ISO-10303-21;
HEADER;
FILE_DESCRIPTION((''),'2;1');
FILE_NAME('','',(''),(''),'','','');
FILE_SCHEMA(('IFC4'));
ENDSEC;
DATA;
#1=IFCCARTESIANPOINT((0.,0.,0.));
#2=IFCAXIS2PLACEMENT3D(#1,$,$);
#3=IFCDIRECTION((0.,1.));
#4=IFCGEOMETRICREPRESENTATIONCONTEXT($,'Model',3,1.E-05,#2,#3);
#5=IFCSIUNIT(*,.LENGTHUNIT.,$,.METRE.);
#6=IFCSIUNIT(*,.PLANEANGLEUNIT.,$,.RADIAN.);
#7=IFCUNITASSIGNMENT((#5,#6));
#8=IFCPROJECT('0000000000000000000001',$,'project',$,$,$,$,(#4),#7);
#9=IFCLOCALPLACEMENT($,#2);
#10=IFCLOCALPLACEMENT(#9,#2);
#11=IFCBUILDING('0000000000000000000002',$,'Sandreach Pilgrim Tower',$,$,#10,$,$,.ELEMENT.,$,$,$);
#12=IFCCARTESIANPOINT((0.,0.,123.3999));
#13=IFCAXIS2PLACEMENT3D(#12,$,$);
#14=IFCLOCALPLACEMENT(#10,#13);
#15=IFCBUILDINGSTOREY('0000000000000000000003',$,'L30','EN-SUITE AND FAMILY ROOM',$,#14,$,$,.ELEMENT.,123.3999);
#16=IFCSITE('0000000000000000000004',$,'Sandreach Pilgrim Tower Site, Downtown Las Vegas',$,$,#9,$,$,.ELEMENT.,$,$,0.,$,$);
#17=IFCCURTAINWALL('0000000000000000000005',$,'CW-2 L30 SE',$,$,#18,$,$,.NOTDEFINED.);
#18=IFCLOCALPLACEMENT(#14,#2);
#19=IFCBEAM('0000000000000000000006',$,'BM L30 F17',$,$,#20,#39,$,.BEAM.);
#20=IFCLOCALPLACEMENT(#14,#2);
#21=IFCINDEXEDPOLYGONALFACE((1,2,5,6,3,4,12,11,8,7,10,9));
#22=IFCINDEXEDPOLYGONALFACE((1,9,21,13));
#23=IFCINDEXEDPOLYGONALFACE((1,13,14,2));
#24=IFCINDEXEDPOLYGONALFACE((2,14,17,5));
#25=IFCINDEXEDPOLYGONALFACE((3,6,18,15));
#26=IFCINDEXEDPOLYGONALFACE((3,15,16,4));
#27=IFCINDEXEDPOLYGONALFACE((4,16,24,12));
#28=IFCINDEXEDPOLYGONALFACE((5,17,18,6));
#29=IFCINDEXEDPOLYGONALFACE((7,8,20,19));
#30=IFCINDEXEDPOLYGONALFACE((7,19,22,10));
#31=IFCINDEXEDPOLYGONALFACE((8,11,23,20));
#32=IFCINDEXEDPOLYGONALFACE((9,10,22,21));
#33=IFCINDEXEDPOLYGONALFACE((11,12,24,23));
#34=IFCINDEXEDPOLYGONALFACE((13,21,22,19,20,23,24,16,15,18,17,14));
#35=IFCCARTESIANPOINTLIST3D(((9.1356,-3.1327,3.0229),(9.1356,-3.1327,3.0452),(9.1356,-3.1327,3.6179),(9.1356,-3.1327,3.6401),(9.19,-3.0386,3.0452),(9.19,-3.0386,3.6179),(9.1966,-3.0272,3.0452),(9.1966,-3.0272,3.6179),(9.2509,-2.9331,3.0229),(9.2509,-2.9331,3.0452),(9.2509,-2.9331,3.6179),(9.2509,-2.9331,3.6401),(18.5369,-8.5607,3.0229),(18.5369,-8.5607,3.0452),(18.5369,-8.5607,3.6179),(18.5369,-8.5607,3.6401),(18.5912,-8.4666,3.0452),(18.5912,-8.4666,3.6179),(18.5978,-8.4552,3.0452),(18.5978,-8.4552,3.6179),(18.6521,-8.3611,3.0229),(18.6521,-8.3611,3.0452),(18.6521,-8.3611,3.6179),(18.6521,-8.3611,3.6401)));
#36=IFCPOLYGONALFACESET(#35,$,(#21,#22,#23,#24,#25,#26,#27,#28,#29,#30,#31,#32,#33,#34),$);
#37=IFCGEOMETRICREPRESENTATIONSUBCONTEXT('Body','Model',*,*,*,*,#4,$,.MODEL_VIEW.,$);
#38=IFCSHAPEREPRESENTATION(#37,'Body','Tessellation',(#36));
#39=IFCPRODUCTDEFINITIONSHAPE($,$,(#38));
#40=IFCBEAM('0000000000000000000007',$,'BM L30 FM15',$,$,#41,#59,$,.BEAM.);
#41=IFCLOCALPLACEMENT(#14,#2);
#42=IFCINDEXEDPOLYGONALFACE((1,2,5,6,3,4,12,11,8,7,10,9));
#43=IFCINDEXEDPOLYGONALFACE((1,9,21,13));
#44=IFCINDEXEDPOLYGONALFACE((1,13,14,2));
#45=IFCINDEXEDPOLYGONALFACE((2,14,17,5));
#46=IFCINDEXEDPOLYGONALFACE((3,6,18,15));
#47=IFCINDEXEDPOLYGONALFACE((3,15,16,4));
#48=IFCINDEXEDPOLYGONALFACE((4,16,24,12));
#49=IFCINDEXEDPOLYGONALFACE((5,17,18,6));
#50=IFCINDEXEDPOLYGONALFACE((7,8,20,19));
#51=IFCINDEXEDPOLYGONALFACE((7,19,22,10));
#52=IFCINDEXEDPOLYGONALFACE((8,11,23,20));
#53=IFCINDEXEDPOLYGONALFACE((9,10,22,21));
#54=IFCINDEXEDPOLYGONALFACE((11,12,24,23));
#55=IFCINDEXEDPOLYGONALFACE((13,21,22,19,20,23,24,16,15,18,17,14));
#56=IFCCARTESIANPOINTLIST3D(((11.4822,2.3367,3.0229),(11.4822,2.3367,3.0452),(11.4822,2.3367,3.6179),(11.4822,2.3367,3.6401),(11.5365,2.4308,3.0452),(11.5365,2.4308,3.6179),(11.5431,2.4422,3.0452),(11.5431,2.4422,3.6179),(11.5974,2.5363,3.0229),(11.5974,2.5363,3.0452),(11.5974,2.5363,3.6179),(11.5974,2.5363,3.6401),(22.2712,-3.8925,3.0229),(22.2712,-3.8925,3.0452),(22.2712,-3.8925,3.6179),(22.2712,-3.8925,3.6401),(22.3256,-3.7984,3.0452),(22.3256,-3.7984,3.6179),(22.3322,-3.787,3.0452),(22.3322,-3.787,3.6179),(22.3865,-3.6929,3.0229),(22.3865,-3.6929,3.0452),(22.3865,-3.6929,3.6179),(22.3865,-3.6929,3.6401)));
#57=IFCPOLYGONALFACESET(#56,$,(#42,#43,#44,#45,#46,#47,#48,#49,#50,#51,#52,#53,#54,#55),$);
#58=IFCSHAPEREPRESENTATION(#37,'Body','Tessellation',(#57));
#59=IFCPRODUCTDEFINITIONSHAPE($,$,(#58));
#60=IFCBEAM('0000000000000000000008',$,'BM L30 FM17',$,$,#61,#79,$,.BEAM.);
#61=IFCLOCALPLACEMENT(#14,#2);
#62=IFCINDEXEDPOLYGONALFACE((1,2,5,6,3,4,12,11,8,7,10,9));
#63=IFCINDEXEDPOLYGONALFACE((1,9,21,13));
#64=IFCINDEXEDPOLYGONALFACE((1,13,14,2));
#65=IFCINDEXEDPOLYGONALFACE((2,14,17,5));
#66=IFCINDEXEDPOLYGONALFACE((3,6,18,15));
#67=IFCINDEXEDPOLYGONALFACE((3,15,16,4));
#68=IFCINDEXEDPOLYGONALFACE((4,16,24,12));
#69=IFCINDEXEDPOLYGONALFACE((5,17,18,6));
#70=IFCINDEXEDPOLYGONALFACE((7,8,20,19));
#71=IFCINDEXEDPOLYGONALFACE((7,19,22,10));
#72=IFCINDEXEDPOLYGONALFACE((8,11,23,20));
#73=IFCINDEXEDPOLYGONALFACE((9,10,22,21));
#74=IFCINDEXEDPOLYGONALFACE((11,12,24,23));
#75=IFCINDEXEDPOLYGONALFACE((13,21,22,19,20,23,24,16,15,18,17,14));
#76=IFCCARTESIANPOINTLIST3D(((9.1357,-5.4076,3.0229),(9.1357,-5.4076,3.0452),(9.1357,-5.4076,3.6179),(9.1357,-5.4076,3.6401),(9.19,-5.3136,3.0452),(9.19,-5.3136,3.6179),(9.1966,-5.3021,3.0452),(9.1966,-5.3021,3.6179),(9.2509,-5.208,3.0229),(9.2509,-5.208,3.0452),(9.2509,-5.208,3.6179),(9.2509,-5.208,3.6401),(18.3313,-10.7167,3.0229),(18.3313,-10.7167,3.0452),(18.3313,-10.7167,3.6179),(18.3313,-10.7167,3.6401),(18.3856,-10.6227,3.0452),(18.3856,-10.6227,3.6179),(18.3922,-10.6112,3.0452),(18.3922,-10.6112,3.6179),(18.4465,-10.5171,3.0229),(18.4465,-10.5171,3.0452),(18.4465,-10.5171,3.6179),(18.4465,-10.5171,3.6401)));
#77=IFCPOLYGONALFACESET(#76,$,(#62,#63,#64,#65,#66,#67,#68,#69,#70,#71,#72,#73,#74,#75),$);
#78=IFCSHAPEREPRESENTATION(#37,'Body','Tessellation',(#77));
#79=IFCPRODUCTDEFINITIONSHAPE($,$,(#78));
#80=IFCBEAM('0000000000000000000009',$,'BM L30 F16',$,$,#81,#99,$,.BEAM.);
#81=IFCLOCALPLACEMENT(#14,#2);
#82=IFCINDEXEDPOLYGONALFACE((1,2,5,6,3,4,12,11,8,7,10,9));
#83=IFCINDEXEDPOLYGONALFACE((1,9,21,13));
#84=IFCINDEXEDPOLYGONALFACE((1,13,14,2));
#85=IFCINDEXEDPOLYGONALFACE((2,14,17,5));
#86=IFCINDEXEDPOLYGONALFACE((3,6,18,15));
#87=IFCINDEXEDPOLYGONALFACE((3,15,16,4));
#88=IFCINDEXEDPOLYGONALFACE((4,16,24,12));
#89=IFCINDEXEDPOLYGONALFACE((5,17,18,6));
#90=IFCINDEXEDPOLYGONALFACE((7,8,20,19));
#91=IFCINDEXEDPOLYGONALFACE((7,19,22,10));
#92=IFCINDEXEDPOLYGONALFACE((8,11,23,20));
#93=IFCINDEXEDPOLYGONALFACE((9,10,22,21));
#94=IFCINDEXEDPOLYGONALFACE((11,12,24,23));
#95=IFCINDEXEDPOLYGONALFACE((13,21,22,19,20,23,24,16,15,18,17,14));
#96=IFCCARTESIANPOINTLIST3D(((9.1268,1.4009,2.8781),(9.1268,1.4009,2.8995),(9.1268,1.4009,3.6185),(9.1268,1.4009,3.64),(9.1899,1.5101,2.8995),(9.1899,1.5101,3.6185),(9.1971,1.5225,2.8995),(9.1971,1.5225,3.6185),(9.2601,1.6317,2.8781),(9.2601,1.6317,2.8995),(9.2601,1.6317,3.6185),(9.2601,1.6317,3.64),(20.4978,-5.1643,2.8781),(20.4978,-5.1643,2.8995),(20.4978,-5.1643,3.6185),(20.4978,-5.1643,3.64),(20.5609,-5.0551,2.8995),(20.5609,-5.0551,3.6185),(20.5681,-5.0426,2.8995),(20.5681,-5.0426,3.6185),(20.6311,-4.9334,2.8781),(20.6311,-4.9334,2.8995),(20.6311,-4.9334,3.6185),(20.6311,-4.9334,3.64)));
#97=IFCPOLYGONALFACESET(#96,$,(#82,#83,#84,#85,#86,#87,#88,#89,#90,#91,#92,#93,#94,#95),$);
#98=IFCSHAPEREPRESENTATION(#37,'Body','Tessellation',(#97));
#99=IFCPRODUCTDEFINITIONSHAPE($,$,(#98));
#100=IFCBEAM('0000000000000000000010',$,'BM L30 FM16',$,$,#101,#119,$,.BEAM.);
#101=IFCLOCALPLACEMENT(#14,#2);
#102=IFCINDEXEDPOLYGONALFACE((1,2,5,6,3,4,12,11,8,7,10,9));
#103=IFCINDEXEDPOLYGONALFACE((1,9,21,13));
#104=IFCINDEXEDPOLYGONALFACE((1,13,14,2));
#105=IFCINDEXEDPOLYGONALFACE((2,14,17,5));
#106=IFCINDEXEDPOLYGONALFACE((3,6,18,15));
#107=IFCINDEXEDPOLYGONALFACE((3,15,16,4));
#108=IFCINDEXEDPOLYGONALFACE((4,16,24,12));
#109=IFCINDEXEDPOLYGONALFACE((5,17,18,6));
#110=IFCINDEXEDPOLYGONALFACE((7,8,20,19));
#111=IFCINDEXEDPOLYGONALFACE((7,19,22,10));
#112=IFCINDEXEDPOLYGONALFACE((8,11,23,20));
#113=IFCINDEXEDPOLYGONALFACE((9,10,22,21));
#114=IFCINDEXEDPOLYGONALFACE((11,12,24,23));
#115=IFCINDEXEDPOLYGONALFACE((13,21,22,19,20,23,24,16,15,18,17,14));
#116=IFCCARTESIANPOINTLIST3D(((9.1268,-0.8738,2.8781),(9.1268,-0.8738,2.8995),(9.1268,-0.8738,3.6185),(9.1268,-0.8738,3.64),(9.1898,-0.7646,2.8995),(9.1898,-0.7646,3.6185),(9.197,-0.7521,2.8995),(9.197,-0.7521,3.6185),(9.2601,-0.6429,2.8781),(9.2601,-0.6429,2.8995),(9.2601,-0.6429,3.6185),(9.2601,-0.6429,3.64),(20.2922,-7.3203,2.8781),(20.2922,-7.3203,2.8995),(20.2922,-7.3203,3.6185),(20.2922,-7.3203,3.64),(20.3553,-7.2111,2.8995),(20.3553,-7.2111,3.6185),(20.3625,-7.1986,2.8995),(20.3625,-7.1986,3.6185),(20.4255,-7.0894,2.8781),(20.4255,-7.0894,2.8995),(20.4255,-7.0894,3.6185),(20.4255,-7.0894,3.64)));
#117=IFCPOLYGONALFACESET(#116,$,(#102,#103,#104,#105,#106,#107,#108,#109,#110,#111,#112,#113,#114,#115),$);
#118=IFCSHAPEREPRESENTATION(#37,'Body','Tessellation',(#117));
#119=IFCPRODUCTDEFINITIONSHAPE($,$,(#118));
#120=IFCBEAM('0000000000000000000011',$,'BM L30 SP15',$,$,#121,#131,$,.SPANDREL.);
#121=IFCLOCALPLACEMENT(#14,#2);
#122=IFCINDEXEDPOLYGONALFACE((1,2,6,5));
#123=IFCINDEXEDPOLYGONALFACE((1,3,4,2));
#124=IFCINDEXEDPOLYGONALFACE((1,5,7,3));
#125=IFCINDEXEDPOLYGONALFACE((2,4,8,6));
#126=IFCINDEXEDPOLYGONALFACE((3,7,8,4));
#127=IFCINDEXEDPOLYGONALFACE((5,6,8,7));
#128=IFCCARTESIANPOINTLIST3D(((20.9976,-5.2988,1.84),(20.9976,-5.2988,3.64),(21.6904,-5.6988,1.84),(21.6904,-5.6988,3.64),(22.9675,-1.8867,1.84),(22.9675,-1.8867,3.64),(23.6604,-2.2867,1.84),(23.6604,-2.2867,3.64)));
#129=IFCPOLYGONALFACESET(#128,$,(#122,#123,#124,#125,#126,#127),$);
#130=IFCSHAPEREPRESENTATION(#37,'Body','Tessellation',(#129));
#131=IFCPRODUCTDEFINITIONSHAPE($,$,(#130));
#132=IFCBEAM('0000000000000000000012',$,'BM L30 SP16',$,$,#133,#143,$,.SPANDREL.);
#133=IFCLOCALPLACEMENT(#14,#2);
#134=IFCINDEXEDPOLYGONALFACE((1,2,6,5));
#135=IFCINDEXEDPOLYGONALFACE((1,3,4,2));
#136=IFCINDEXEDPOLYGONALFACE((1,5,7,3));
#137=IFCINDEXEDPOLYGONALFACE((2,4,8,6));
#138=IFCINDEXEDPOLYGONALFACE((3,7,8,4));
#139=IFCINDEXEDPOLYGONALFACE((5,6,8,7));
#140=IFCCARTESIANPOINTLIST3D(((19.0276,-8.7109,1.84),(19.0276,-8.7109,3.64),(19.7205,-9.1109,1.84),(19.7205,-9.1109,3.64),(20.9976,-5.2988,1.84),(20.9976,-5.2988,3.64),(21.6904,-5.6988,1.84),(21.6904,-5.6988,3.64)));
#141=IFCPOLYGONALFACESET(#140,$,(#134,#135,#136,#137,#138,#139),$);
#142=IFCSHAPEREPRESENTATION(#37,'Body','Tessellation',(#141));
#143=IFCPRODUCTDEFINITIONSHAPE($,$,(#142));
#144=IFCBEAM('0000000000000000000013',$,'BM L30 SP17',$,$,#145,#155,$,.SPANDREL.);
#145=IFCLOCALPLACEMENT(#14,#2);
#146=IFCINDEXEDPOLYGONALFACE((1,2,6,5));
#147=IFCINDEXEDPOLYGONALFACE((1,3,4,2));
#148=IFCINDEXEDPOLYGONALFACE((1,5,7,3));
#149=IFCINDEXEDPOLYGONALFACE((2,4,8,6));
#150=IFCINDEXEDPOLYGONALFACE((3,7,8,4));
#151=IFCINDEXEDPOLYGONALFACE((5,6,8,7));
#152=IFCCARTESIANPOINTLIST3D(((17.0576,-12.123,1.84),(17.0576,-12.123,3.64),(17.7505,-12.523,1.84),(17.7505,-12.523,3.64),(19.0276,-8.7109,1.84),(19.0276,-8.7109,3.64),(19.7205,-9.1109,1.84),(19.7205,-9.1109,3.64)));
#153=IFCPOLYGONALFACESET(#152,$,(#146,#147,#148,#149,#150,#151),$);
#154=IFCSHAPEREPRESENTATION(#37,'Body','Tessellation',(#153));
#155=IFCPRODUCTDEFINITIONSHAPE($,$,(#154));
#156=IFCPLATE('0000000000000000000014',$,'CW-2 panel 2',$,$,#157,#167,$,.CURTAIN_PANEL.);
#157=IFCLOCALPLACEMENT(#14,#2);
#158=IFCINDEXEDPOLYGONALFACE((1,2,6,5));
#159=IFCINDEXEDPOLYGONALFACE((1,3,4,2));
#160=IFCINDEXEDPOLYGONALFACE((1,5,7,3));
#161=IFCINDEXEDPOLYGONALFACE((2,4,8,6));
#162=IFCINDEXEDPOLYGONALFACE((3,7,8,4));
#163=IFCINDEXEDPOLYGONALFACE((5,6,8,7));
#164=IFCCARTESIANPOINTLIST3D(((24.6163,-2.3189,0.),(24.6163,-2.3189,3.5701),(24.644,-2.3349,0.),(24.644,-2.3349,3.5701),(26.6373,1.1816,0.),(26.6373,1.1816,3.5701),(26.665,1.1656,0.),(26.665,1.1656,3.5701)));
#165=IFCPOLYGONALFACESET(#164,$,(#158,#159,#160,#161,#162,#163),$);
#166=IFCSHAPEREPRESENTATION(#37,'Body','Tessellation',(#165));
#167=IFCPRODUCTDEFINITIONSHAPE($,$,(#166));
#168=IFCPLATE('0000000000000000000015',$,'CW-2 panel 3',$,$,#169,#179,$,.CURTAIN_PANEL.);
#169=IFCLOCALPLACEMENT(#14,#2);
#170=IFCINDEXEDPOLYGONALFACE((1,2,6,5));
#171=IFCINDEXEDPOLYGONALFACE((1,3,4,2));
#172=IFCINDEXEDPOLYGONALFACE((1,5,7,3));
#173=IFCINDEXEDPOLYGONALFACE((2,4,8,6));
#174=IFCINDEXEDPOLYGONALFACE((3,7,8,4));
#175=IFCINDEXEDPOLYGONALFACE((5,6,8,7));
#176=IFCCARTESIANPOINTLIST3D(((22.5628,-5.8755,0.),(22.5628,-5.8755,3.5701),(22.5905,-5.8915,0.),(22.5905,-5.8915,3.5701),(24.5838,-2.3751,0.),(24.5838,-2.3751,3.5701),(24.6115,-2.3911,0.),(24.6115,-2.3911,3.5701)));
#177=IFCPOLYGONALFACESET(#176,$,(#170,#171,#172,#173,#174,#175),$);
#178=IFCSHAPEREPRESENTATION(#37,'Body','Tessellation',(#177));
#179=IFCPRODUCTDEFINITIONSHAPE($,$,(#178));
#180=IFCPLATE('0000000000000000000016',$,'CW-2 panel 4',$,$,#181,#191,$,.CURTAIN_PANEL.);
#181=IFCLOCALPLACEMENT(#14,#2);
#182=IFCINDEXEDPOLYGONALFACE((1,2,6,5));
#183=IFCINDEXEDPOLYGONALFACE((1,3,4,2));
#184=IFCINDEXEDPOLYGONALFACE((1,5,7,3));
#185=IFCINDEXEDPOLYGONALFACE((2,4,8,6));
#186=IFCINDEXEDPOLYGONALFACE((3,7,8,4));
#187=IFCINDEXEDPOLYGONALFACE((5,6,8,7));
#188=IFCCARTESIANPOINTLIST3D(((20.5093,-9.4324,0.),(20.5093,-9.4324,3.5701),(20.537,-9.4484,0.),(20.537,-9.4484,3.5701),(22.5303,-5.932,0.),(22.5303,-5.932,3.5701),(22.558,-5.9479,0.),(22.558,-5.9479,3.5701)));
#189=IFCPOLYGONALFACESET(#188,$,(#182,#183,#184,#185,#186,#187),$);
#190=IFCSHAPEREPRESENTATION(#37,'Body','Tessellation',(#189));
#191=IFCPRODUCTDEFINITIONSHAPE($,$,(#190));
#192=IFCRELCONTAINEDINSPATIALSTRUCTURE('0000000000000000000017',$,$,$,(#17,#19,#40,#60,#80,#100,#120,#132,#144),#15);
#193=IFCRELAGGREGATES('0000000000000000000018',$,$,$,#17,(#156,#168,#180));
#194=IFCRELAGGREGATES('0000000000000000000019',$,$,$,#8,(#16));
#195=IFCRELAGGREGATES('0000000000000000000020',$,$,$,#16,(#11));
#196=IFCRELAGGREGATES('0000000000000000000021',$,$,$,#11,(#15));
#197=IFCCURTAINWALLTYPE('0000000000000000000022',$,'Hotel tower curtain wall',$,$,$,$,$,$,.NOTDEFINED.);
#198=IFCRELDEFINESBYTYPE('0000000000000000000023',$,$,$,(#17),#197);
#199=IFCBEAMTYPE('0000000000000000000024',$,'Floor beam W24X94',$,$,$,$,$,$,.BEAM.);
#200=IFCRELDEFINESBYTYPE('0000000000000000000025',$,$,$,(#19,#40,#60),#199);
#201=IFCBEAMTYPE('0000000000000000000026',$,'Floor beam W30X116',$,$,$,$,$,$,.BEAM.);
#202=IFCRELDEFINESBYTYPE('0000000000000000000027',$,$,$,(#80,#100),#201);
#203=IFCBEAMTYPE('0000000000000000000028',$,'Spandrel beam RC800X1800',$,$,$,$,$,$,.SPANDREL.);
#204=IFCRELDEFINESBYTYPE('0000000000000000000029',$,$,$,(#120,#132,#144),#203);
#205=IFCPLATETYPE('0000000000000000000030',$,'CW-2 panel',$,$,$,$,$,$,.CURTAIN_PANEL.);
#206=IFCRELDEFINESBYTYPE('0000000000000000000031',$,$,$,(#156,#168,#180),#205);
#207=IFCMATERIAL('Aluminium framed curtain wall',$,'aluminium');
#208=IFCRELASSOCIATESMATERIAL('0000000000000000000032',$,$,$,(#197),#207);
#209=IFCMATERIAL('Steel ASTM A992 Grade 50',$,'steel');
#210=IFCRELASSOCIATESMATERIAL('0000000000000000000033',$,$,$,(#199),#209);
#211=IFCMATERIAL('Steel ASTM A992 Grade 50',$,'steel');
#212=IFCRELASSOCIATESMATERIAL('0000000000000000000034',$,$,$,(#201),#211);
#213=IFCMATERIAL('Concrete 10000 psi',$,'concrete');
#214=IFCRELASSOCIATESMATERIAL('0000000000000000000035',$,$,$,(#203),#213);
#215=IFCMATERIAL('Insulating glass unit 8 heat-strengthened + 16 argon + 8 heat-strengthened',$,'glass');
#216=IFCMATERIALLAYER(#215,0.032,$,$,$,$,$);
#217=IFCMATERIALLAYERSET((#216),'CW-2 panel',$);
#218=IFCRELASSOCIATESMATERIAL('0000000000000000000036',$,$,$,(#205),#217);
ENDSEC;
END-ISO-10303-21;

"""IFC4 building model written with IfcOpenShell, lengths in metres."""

from ifc_helpers import new_model, si_unit, direction, frame, origin, origin_2d, place, context, subcontext, project, spatial, rectangle, i_section, extrude, material, layer, layer_set, material_profile, profile_set, type_object, element, aggregate, save


model = new_model("IFC4")

# Units and contexts
model_context = context("Model", 3, precision=1e-05, world=origin(), true_north=direction((0.0, 1.0)))
body_context = subcontext(model_context, "Body", "Model", "MODEL_VIEW")
ifc_project = project(units=[si_unit("LENGTHUNIT", "METRE"), si_unit("PLANEANGLEUNIT", "RADIAN")], contexts=[model_context])

# Site, building, storey
site_placement = place(None, origin())
site = spatial("IfcSite", under=ifc_project, at=site_placement, Name="Sandreach Pilgrim Tower Site, Downtown Las Vegas", CompositionType="ELEMENT", RefElevation=0.0)
building_placement = place(site_placement, origin())
building = spatial("IfcBuilding", under=site, at=building_placement, Name="Sandreach Pilgrim Tower", CompositionType="ELEMENT")
storey_placement = place(building_placement, frame((0.0, 0.0, 123.3999)))
storey = spatial("IfcBuildingStorey", under=building, at=storey_placement, Name="L30", Description="EN-SUITE AND FAMILY ROOM", CompositionType="ELEMENT", Elevation=123.3999)

# Curtain wall
ifc_material_1 = material(Name="Aluminium framed curtain wall", Category="aluminium")
curtain_wall_type = type_object("IfcCurtainWallType", Name="Hotel tower curtain wall", PredefinedType="NOTDEFINED", material=ifc_material_1)
curtain_wall_placement = place(storey_placement, origin())
curtain_wall = element("IfcCurtainWall", 1, at=curtain_wall_placement, inside=storey, type_object=curtain_wall_type, Name="CW-2 L30 SE", PredefinedType="NOTDEFINED")

# Beams
ifc_material_2 = material(Name="Steel ASTM A992 Grade 50", Category="steel")
ifc_material_profile_1 = material_profile(ifc_material_2, i_section(OverallWidth=0.2305, OverallDepth=0.6172, WebThickness=0.0132, FlangeThickness=0.0222, at=origin_2d()), Name="W24X94")
ifc_profile_set_1 = profile_set([ifc_material_profile_1], Name="Steel ASTM A992 Grade 50")
beam_type_1 = type_object("IfcBeamType", Name="Floor beam W24X94", PredefinedType="BEAM", material=ifc_profile_set_1)
beam_1_placement = place(storey_placement, frame((18.5945, -8.4609, 3.3315), z_axis=(-0.866016, 0.500016, 0.0), x_axis=(-0.500016, -0.866016, 0.0)))
element("IfcBeam", 2, at=beam_1_placement, inside=storey, type_object=beam_type_1, Name="BM L30 F17", PredefinedType="BEAM", context=body_context, shape_type="SweptSolid", body=[
    extrude(i_section(OverallWidth=0.2305, OverallDepth=0.6172, WebThickness=0.0132, FlangeThickness=0.0222, at=origin_2d()), origin(), (0.0, 0.0, 1.0), 10.8557),
])
beam_2_placement = place(storey_placement, frame((22.3289, -3.7927, 3.3315), z_axis=(-0.866019, 0.500011, 0.0), x_axis=(-0.500011, -0.866019, 0.0)))
element("IfcBeam", 3, at=beam_2_placement, inside=storey, type_object=beam_type_1, Name="BM L30 FM15", PredefinedType="BEAM", context=body_context, shape_type="SweptSolid", body=[
    extrude(i_section(OverallWidth=0.2305, OverallDepth=0.6172, WebThickness=0.0132, FlangeThickness=0.0222, at=origin_2d()), origin(), (0.0, 0.0, 1.0), 12.4583),
])
beam_3_placement = place(storey_placement, frame((18.3889, -10.6169, 3.3315), z_axis=(-0.866024, 0.500002, 0.0), x_axis=(-0.500002, -0.866024, 0.0)))
element("IfcBeam", 4, at=beam_3_placement, inside=storey, type_object=beam_type_1, Name="BM L30 FM17", PredefinedType="BEAM", context=body_context, shape_type="SweptSolid", body=[
    extrude(i_section(OverallWidth=0.2305, OverallDepth=0.6172, WebThickness=0.0132, FlangeThickness=0.0222, at=origin_2d()), origin(), (0.0, 0.0, 1.0), 10.6182),
])
ifc_material_3 = material(Name="Steel ASTM A992 Grade 50", Category="steel")
ifc_material_profile_2 = material_profile(ifc_material_3, i_section(OverallWidth=0.2666, OverallDepth=0.762, WebThickness=0.0144, FlangeThickness=0.0215, at=origin_2d()), Name="W30X116")
ifc_profile_set_2 = profile_set([ifc_material_profile_2], Name="Steel ASTM A992 Grade 50")
beam_type_2 = type_object("IfcBeamType", Name="Floor beam W30X116", PredefinedType="BEAM", material=ifc_profile_set_2)
beam_4_placement = place(storey_placement, frame((20.5645, -5.0488, 3.259), z_axis=(-0.866023, 0.500005, 0.0), x_axis=(-0.500005, -0.866023, 0.0)))
element("IfcBeam", 5, at=beam_4_placement, inside=storey, type_object=beam_type_2, Name="BM L30 F16", PredefinedType="BEAM", context=body_context, shape_type="SweptSolid", body=[
    extrude(i_section(OverallWidth=0.2666, OverallDepth=0.762, WebThickness=0.0144, FlangeThickness=0.0215, at=origin_2d()), origin(), (0.0, 0.0, 1.0), 13.1301),
])
beam_5_placement = place(storey_placement, frame((20.3589, -7.2048, 3.259), z_axis=(-0.866022, 0.500007, 0.0), x_axis=(-0.500007, -0.866022, 0.0)))
element("IfcBeam", 6, at=beam_5_placement, inside=storey, type_object=beam_type_2, Name="BM L30 FM16", PredefinedType="BEAM", context=body_context, shape_type="SweptSolid", body=[
    extrude(i_section(OverallWidth=0.2666, OverallDepth=0.762, WebThickness=0.0144, FlangeThickness=0.0215, at=origin_2d()), origin(), (0.0, 0.0, 1.0), 12.8928),
])
ifc_material_4 = material(Name="Concrete 10000 psi", Category="concrete")
ifc_material_profile_3 = material_profile(ifc_material_4, rectangle(XDim=0.8, YDim=1.8, at=origin_2d()), Name="RC800X1800")
ifc_profile_set_3 = profile_set([ifc_material_profile_3], Name="Concrete 10000 psi")
beam_type_3 = type_object("IfcBeamType", Name="Spandrel beam RC800X1800", PredefinedType="SPANDREL", material=ifc_profile_set_3)
for number, where, z_axis, x_axis, name in (
    (7, (23.314, -2.0867, 2.74), (-0.499998, -0.866027, 0.0), (0.866027, -0.499998, 0.0), "BM L30 SP15"),
    (8, (21.344, -5.4988, 2.74), (-0.499998, -0.866027, 0.0), (0.866027, -0.499998, 0.0), "BM L30 SP16"),
    (9, (19.374, -8.9109, 2.74), (-0.499998, -0.866027, 0.0), (0.866027, -0.499998, 0.0), "BM L30 SP17"),
):
    element("IfcBeam", number, at=place(storey_placement, frame(where, z_axis=z_axis, x_axis=x_axis)), inside=storey, type_object=beam_type_3, Name=name, PredefinedType="SPANDREL", context=body_context, shape_type="SweptSolid", body=[
        extrude(rectangle(XDim=0.8, YDim=1.8, at=origin_2d()), origin(), (0.0, 0.0, 1.0), 3.9399),
    ])

# Plates
ifc_material_5 = material(Name="Insulating glass unit 8 heat-strengthened + 16 argon + 8 heat-strengthened", Category="glass")
ifc_layer_1 = layer(ifc_material_5, 0.032)
ifc_layer_set_1 = layer_set([ifc_layer_1], Name="CW-2 panel")
plate_type = type_object("IfcPlateType", Name="CW-2 panel", PredefinedType="CURTAIN_PANEL", material=ifc_layer_set_1)
plate_1_placement = place(storey_placement, frame((25.6406, -0.5767, 0.0), z_axis=(0.0, 0.0, 1.0), x_axis=(-0.5, -0.866025, 0.0)))
plate_1 = element("IfcPlate", 10, at=plate_1_placement, type_object=plate_type, Name="CW-2 panel 2", PredefinedType="CURTAIN_PANEL", context=body_context, shape_type="SweptSolid", body=[
    extrude(rectangle(XDim=4.042, YDim=0.032, at=origin_2d()), origin(), (0.0, 0.0, 1.0), 3.5701),
])
plate_2_placement = place(storey_placement, frame((23.5872, -4.1333, 0.0), z_axis=(0.0, 0.0, 1.0), x_axis=(-0.5, -0.866025, 0.0)))
plate_2 = element("IfcPlate", 11, at=plate_2_placement, type_object=plate_type, Name="CW-2 panel 3", PredefinedType="CURTAIN_PANEL", context=body_context, shape_type="SweptSolid", body=[
    extrude(rectangle(XDim=4.042, YDim=0.032, at=origin_2d()), origin(), (0.0, 0.0, 1.0), 3.5701),
])
plate_3_placement = place(storey_placement, frame((21.5337, -7.6902, 0.0), z_axis=(0.0, 0.0, 1.0), x_axis=(-0.5, -0.866025, 0.0)))
plate_3 = element("IfcPlate", 12, at=plate_3_placement, type_object=plate_type, Name="CW-2 panel 4", PredefinedType="CURTAIN_PANEL", context=body_context, shape_type="SweptSolid", body=[
    extrude(rectangle(XDim=4.042, YDim=0.032, at=origin_2d()), origin(), (0.0, 0.0, 1.0), 3.5701),
])
aggregate(curtain_wall, [plate_1, plate_2, plate_3])

save(model, "model.ifc")
